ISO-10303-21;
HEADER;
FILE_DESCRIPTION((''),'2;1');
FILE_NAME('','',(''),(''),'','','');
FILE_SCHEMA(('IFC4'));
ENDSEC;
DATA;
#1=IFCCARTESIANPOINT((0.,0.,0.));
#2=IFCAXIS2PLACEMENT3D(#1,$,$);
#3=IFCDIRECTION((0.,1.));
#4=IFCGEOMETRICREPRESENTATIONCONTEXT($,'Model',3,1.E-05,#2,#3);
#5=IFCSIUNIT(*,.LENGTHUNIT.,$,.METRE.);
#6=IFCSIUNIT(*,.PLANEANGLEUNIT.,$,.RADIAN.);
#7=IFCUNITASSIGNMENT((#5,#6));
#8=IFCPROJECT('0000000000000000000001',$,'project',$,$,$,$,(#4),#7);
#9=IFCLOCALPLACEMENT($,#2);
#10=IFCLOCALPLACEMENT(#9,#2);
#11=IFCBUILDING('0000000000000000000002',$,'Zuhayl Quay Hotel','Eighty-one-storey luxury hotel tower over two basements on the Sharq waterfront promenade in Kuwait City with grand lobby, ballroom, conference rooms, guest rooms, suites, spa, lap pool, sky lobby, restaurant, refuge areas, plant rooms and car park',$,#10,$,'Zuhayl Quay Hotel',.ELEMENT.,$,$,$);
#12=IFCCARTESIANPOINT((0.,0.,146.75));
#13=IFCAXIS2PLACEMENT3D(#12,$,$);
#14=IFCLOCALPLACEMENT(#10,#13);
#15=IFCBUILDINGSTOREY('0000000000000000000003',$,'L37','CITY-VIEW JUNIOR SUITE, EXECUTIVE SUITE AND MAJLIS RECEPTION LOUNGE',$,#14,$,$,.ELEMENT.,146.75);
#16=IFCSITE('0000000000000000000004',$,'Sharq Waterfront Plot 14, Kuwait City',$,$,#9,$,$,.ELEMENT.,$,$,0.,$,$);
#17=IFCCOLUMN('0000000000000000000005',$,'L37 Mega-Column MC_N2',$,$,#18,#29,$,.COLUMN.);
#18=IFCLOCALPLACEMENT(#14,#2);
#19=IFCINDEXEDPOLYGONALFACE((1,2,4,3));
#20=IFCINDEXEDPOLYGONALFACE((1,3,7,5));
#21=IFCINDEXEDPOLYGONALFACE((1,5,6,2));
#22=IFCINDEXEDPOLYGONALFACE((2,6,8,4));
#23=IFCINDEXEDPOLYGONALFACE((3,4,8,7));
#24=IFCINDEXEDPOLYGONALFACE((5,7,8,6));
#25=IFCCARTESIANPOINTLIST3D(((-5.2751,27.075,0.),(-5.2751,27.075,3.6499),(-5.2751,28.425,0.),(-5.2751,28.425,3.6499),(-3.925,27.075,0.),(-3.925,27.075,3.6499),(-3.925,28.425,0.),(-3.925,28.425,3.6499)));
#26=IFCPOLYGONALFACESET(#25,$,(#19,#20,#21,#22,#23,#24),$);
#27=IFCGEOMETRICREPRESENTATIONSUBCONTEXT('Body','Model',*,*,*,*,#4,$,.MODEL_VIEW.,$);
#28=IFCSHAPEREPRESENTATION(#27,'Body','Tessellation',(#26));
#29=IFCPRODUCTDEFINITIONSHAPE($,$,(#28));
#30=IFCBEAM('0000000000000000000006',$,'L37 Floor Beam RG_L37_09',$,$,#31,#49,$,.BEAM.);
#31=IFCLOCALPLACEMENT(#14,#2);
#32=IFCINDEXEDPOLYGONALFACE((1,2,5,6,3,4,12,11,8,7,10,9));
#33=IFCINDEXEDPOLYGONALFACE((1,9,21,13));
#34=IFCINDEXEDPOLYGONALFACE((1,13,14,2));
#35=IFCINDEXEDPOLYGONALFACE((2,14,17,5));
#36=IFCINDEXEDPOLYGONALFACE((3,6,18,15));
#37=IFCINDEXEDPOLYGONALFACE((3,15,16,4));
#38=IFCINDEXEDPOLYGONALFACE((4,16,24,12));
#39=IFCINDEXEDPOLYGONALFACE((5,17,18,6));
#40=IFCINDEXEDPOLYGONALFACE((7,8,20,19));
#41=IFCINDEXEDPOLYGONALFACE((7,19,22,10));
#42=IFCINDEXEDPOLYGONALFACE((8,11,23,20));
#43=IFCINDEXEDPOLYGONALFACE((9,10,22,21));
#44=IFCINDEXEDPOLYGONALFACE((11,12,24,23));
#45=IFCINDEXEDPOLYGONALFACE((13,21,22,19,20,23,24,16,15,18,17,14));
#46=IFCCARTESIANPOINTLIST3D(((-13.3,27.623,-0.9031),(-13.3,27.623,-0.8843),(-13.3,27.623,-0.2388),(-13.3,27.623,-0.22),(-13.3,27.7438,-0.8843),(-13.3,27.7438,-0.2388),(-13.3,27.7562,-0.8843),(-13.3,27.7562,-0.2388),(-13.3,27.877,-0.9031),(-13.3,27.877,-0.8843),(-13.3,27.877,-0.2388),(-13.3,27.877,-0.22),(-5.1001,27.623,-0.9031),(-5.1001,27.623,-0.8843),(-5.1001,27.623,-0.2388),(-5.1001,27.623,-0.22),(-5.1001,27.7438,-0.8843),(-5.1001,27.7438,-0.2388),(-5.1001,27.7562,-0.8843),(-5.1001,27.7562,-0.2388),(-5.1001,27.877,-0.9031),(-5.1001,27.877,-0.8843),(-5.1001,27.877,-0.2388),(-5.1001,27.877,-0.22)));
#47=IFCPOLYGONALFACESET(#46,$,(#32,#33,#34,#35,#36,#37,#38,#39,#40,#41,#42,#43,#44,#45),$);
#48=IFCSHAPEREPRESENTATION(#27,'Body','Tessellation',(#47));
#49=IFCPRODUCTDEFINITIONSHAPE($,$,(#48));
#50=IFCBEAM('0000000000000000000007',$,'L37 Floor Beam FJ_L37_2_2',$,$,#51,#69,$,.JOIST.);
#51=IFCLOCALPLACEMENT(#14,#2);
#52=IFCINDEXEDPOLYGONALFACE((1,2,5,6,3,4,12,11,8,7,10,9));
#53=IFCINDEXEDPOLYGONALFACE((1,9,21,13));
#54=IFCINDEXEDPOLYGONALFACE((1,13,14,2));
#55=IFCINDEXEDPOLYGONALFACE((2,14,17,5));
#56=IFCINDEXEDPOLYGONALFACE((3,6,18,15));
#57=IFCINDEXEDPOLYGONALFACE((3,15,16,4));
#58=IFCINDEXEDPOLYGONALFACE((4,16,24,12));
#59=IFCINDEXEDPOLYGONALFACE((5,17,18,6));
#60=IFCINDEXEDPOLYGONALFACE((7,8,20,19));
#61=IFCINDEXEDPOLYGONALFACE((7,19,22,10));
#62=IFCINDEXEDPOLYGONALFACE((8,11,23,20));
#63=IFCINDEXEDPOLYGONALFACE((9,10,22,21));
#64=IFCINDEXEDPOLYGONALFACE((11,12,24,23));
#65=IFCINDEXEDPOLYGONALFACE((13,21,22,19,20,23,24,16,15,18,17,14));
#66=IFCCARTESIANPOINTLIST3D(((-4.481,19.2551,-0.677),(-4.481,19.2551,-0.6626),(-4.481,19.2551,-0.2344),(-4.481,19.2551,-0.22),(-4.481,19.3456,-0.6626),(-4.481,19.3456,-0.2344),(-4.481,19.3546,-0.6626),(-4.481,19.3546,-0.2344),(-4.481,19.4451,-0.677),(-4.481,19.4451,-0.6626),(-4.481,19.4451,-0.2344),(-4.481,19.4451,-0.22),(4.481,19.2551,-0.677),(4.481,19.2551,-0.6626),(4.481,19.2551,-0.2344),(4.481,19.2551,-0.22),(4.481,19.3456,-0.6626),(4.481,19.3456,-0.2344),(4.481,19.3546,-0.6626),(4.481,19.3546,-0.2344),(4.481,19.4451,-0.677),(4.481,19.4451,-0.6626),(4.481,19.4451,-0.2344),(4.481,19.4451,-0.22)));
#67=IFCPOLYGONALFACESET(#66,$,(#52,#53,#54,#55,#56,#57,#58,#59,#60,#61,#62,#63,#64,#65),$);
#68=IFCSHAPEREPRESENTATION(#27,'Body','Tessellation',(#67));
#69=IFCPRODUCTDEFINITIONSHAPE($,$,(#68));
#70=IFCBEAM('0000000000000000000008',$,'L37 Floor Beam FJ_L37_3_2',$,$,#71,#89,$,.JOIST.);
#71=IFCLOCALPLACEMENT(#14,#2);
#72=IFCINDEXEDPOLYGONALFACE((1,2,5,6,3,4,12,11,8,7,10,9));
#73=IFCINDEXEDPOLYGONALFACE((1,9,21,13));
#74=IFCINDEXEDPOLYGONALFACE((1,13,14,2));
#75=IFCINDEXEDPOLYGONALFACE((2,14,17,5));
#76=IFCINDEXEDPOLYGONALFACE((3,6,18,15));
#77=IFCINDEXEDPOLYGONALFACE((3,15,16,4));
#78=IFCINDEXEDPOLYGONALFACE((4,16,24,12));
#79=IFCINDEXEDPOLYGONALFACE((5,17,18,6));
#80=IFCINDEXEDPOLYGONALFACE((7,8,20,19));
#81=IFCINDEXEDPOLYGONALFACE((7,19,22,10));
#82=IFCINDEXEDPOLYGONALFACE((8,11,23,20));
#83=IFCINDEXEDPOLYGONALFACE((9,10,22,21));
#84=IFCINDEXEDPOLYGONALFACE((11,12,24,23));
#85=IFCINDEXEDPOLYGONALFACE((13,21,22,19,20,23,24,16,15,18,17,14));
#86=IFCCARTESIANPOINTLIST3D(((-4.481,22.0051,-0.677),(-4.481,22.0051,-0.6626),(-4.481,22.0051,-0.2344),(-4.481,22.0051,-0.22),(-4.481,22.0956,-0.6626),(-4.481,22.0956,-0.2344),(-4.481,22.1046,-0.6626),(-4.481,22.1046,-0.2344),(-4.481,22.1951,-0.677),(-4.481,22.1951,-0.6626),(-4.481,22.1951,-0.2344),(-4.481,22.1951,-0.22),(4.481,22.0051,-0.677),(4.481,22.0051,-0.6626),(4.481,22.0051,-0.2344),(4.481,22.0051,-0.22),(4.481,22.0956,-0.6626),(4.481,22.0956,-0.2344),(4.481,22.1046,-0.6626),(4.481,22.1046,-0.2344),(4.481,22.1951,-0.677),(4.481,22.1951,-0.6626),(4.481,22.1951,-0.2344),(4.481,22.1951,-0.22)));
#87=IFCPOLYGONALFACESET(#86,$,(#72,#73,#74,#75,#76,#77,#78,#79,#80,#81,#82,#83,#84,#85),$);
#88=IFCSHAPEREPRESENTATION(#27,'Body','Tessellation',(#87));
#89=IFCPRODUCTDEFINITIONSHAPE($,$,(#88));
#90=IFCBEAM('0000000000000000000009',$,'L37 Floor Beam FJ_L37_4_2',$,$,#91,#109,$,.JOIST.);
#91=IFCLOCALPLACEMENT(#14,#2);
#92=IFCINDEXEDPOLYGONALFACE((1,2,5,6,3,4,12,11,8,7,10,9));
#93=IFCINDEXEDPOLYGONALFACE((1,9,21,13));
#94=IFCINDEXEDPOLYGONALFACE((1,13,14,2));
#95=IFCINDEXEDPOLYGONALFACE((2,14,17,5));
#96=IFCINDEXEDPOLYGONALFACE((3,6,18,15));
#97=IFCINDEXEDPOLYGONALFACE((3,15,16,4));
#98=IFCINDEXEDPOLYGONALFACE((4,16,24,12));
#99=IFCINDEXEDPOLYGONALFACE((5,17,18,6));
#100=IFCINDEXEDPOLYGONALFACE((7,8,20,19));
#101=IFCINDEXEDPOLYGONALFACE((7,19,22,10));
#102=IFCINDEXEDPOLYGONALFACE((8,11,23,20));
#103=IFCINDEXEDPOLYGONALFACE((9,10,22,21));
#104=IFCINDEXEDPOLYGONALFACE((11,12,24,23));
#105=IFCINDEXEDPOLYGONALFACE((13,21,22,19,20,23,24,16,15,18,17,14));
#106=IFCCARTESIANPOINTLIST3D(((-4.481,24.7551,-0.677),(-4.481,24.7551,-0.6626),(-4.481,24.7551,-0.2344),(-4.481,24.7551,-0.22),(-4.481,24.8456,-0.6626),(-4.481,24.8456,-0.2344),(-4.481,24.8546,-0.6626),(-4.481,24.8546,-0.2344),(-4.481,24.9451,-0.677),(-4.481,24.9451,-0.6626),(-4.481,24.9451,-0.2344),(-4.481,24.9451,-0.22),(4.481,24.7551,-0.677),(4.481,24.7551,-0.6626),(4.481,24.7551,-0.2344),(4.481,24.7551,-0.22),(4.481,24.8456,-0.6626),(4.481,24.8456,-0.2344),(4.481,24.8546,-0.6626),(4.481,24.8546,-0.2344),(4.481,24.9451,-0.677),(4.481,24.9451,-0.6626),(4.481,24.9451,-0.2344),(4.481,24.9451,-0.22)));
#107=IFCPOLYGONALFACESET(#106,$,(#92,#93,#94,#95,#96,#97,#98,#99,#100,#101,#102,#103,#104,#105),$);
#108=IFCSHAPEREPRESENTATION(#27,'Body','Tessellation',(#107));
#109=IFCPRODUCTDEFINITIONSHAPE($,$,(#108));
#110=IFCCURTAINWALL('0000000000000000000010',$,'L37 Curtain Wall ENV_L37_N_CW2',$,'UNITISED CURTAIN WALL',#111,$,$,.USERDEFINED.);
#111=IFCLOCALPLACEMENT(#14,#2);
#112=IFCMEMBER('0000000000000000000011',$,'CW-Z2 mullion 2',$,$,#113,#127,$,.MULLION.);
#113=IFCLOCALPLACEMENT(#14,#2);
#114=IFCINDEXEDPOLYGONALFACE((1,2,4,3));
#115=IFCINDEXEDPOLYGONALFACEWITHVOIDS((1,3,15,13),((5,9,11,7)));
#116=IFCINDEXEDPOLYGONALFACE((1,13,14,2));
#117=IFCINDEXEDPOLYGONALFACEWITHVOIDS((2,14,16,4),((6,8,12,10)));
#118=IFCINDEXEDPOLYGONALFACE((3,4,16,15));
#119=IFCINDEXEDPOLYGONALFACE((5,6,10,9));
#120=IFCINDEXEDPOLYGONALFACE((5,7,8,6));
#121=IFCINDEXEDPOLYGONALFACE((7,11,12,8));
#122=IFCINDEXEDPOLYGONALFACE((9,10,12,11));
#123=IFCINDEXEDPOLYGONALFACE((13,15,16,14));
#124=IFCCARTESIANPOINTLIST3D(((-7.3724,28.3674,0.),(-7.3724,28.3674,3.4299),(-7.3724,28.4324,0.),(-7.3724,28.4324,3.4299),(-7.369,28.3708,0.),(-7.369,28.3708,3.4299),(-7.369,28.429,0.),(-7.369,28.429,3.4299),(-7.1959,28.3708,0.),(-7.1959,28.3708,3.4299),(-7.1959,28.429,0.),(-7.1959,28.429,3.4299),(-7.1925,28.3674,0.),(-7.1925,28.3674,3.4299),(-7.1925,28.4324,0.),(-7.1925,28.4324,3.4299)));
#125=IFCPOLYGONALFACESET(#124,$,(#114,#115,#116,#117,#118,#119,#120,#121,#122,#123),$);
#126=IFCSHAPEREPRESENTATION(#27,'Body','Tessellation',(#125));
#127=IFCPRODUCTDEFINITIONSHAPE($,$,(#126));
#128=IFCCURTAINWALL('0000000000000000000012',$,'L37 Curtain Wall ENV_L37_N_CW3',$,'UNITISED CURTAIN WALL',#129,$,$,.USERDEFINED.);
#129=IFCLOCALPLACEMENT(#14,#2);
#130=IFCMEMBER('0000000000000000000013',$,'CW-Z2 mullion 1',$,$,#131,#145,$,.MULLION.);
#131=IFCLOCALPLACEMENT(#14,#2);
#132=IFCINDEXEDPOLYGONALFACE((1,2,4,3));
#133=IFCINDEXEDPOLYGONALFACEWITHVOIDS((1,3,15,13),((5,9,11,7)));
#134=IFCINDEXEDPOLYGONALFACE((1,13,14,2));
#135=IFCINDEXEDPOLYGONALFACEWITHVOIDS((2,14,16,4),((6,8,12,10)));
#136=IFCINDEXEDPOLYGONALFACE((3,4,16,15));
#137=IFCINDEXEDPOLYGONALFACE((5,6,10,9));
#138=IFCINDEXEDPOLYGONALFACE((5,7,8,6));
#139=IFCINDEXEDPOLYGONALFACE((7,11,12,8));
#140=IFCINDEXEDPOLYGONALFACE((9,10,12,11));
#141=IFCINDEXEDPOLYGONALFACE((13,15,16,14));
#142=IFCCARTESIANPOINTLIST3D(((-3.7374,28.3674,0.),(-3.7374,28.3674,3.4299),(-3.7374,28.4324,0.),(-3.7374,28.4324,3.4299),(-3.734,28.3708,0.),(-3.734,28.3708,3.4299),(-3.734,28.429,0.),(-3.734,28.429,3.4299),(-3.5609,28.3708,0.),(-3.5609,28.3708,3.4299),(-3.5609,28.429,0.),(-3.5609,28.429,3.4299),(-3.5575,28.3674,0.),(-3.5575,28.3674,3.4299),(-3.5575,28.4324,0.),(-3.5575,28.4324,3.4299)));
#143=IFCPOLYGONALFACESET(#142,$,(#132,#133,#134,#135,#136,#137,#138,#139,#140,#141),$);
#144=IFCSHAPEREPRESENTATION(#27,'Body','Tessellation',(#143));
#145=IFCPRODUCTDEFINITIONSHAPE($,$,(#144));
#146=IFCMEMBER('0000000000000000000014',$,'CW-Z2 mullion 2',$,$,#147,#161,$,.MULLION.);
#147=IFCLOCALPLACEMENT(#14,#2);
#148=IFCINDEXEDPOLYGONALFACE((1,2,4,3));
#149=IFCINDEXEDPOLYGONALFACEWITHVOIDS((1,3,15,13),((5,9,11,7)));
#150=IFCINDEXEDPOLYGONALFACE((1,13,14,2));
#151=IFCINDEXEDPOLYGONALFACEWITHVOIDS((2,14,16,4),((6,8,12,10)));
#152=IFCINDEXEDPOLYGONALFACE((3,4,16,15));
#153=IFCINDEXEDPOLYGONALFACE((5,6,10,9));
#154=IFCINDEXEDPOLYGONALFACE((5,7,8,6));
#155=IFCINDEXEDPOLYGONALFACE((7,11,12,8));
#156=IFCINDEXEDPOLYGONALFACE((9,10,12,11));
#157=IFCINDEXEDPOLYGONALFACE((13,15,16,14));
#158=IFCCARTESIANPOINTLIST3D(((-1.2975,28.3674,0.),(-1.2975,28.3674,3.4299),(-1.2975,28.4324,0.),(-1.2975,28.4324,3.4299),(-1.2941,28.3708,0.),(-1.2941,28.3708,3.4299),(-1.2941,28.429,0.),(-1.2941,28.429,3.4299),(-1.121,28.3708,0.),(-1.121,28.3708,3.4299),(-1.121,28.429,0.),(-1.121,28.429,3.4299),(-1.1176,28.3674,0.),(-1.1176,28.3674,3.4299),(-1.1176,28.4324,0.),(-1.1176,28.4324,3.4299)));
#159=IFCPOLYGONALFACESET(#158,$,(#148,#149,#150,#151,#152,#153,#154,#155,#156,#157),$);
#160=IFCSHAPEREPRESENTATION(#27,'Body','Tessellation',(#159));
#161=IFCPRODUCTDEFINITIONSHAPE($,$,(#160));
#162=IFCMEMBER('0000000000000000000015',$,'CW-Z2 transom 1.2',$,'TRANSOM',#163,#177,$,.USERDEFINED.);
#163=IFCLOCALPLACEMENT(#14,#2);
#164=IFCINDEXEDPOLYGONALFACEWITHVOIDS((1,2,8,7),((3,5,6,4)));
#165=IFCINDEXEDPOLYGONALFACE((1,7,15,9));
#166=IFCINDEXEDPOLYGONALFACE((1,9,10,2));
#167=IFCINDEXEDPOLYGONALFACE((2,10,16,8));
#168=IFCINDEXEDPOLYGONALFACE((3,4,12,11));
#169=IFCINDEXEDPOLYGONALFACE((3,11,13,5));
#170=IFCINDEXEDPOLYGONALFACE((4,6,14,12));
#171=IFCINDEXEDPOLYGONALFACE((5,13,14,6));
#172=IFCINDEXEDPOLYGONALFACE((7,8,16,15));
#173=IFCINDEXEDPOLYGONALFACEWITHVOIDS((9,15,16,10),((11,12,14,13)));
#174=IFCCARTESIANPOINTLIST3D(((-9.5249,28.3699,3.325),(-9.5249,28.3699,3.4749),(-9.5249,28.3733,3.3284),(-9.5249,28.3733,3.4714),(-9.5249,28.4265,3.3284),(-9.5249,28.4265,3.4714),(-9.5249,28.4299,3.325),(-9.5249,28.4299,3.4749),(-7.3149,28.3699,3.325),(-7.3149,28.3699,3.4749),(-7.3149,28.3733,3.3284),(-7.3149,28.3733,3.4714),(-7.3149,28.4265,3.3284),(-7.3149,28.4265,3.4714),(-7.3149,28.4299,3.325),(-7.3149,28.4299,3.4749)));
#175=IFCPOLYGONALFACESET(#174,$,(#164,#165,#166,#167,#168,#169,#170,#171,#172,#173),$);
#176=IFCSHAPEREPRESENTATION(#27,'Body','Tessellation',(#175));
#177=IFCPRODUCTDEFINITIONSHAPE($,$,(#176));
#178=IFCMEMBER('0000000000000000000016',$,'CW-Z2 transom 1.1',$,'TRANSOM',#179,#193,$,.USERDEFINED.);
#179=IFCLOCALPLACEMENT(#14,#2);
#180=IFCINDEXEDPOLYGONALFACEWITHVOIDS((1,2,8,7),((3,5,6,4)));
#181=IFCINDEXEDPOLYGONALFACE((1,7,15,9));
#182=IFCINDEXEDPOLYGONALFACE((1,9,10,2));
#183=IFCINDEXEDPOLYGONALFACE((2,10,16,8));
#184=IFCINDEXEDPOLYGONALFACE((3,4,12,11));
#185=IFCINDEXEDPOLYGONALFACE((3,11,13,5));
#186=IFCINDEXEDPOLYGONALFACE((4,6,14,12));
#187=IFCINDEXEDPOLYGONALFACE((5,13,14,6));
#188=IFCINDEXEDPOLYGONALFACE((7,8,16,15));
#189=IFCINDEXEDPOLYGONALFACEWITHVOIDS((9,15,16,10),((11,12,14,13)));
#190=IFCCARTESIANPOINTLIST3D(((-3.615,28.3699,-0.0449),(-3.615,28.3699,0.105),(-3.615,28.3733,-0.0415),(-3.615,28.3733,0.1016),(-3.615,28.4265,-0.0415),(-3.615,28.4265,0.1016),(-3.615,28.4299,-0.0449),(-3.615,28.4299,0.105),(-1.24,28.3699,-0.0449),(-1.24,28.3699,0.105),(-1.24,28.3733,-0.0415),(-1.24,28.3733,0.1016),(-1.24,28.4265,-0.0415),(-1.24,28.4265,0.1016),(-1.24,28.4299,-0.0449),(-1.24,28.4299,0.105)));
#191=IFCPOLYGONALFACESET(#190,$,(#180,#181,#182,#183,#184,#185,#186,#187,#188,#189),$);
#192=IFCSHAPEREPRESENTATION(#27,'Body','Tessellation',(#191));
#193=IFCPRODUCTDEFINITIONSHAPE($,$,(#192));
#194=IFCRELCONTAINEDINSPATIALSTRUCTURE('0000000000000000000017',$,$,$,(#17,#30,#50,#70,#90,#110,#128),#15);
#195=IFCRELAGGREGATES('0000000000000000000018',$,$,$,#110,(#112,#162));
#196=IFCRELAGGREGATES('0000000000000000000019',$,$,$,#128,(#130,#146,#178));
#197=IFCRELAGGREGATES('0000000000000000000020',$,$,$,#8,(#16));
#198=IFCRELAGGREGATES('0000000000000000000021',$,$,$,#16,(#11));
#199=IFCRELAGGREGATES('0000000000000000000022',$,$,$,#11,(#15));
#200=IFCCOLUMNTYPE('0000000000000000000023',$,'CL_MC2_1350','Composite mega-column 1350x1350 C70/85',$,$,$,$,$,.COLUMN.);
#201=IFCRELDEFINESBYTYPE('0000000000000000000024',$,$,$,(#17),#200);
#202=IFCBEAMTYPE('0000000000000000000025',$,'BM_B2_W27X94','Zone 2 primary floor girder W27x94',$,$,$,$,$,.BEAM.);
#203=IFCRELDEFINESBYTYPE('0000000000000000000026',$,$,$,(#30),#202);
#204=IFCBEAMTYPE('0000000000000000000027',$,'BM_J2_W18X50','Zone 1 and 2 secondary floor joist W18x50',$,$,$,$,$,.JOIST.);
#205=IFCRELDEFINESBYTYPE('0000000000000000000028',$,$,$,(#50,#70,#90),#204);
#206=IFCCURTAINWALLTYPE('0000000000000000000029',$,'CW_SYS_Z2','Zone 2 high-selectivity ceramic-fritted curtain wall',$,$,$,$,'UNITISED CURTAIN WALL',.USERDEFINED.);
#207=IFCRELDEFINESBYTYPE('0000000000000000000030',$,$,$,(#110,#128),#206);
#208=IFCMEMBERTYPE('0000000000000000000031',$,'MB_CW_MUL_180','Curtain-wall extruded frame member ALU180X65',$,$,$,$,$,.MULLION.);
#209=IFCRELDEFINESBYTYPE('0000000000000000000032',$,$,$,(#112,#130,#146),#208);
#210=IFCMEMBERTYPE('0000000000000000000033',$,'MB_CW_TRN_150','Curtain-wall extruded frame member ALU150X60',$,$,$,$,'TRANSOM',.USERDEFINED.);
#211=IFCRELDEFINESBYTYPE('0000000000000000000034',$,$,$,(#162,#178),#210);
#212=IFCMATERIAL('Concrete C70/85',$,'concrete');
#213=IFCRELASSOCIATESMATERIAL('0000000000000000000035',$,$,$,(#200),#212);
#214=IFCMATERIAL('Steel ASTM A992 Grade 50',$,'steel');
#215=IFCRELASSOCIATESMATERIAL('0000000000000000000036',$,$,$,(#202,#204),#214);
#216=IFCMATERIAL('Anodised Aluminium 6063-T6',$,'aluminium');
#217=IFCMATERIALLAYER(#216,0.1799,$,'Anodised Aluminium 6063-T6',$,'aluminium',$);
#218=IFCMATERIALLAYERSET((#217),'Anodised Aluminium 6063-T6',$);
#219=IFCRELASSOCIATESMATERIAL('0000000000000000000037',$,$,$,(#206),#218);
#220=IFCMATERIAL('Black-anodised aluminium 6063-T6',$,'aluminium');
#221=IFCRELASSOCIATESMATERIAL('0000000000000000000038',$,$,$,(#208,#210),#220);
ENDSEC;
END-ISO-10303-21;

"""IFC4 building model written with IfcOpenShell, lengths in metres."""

from ifc_helpers import new_model, si_unit, direction, frame, origin, origin_2d, place, context, subcontext, project, spatial, rectangle, hollow_rectangle, i_section, extrude, material, layer, layer_set, material_profile, profile_set, type_object, element, aggregate, save


model = new_model("IFC4")

# Units and contexts
model_context = context("Model", 3, precision=1e-05, world=origin(), true_north=direction((0.0, 1.0)))
body_context = subcontext(model_context, "Body", "Model", "MODEL_VIEW")
ifc_project = project(units=[si_unit("LENGTHUNIT", "METRE"), si_unit("PLANEANGLEUNIT", "RADIAN")], contexts=[model_context])

# Site, building, storey
site_placement = place(None, origin())
site = spatial("IfcSite", under=ifc_project, at=site_placement, Name="Sharq Waterfront Plot 14, Kuwait City", CompositionType="ELEMENT", RefElevation=0.0)
building_placement = place(site_placement, origin())
building = spatial("IfcBuilding", under=site, at=building_placement, Name="Zuhayl Quay Hotel", Description="Eighty-one-storey luxury hotel tower over two basements on the Sharq waterfront promenade in Kuwait City with grand lobby, ballroom, conference rooms, guest rooms, suites, spa, lap pool, sky lobby, restaurant, refuge areas, plant rooms and car park", LongName="Zuhayl Quay Hotel", CompositionType="ELEMENT")
storey_placement = place(building_placement, frame((0.0, 0.0, 146.75)))
storey = spatial("IfcBuildingStorey", under=building, at=storey_placement, Name="L37", Description="CITY-VIEW JUNIOR SUITE, EXECUTIVE SUITE AND MAJLIS RECEPTION LOUNGE", CompositionType="ELEMENT", Elevation=146.75)

# Column
ifc_material_1 = material(Name="Concrete C70/85", Category="concrete")
ifc_material_profile_1 = material_profile(ifc_material_1, rectangle(XDim=1.3501, YDim=1.3501, at=origin_2d()), Name="RC1350X1350")
ifc_profile_set_1 = profile_set([ifc_material_profile_1], Name="Concrete C70/85")
column_type = type_object("IfcColumnType", Name="CL_MC2_1350", Description="Composite mega-column 1350x1350 C70/85", PredefinedType="COLUMN", material=ifc_profile_set_1)
column_placement = place(storey_placement, frame((-4.6001, 27.75, 0.0), z_axis=(0.0, 0.0, 1.0), x_axis=(1.0, 0.0, 0.0)))
element("IfcColumn", 1, at=column_placement, inside=storey, type_object=column_type, Name="L37 Mega-Column MC_N2", PredefinedType="COLUMN", context=body_context, shape_type="SweptSolid", body=[
    extrude(rectangle(XDim=1.3501, YDim=1.3501, at=origin_2d()), origin(), (0.0, 0.0, 1.0), 3.6499),
])

# Beams
ifc_material_2 = material(Name="Steel ASTM A992 Grade 50", Category="steel")
ifc_material_profile_2 = material_profile(ifc_material_2, i_section(OverallWidth=0.2539, OverallDepth=0.6831, WebThickness=0.0125, FlangeThickness=0.0188, at=origin_2d()), Name="W27X94")
ifc_profile_set_2 = profile_set([ifc_material_profile_2], Name="Steel ASTM A992 Grade 50")
beam_type_1 = type_object("IfcBeamType", Name="BM_B2_W27X94", Description="Zone 2 primary floor girder W27x94", PredefinedType="BEAM", material=ifc_profile_set_2)
beam_placement = place(storey_placement, frame((-5.1001, 27.75, -0.5615), z_axis=(-1.0, 0.0, 0.0), x_axis=(0.0, -1.0, 0.0)))
element("IfcBeam", 2, at=beam_placement, inside=storey, type_object=beam_type_1, Name="L37 Floor Beam RG_L37_09", PredefinedType="BEAM", context=body_context, shape_type="SweptSolid", body=[
    extrude(i_section(OverallWidth=0.2539, OverallDepth=0.6831, WebThickness=0.0125, FlangeThickness=0.0188, at=origin_2d()), origin(), (0.0, 0.0, 1.0), 8.2),
])
ifc_material_profile_3 = material_profile(ifc_material_2, i_section(OverallWidth=0.1899, OverallDepth=0.457, WebThickness=0.009, FlangeThickness=0.0144, at=origin_2d()), Name="W18X50")
ifc_profile_set_3 = profile_set([ifc_material_profile_3], Name="Steel ASTM A992 Grade 50")
beam_type_2 = type_object("IfcBeamType", Name="BM_J2_W18X50", Description="Zone 1 and 2 secondary floor joist W18x50", PredefinedType="JOIST", material=ifc_profile_set_3)
for number, where, z_axis, x_axis, name in (
    (3, (-4.481, 19.3501, -0.4485), (1.0, 0.0, 0.0), (0.0, 1.0, 0.0), "L37 Floor Beam FJ_L37_2_2"),
    (4, (-4.481, 22.1001, -0.4485), (1.0, 0.0, 0.0), (0.0, 1.0, 0.0), "L37 Floor Beam FJ_L37_3_2"),
    (5, (-4.481, 24.8501, -0.4485), (1.0, 0.0, 0.0), (0.0, 1.0, 0.0), "L37 Floor Beam FJ_L37_4_2"),
):
    element("IfcBeam", number, at=place(storey_placement, frame(where, z_axis=z_axis, x_axis=x_axis)), inside=storey, type_object=beam_type_2, Name=name, PredefinedType="JOIST", context=body_context, shape_type="SweptSolid", body=[
        extrude(i_section(OverallWidth=0.1899, OverallDepth=0.457, WebThickness=0.009, FlangeThickness=0.0144, at=origin_2d()), origin(), (0.0, 0.0, 1.0), 8.9619),
    ])

# Curtain wall, member
ifc_material_3 = material(Name="Anodised Aluminium 6063-T6", Category="aluminium")
ifc_layer_1 = layer(ifc_material_3, 0.1799, Name="Anodised Aluminium 6063-T6", Category="aluminium")
ifc_layer_set_1 = layer_set([ifc_layer_1], Name="Anodised Aluminium 6063-T6")
curtain_wall_type = type_object("IfcCurtainWallType", Name="CW_SYS_Z2", Description="Zone 2 high-selectivity ceramic-fritted curtain wall", ElementType="UNITISED CURTAIN WALL", PredefinedType="USERDEFINED", material=ifc_layer_set_1)
curtain_wall_1_placement = place(storey_placement, origin())
curtain_wall_1 = element("IfcCurtainWall", 6, at=curtain_wall_1_placement, inside=storey, type_object=curtain_wall_type, Name="L37 Curtain Wall ENV_L37_N_CW2", ObjectType="UNITISED CURTAIN WALL", PredefinedType="USERDEFINED")
ifc_material_4 = material(Name="Black-anodised aluminium 6063-T6", Category="aluminium")
ifc_material_profile_4 = material_profile(ifc_material_4, hollow_rectangle(XDim=0.0649, YDim=0.1799, WallThickness=0.0034, at=origin_2d()), Name="ALU180X65")
ifc_profile_set_4 = profile_set([ifc_material_profile_4], Name="Black-anodised aluminium 6063-T6")
member_type_1 = type_object("IfcMemberType", Name="MB_CW_MUL_180", Description="Curtain-wall extruded frame member ALU180X65", PredefinedType="MULLION", material=ifc_profile_set_4)
member_1_placement = place(storey_placement, frame((-7.2825, 28.3999, 0.0), z_axis=(0.0, 0.0, 1.0), x_axis=(0.0, 1.0, 0.0)))
member_1 = element("IfcMember", 7, at=member_1_placement, type_object=member_type_1, Name="CW-Z2 mullion 2", PredefinedType="MULLION", context=body_context, shape_type="SweptSolid", body=[
    extrude(hollow_rectangle(XDim=0.0649, YDim=0.1799, WallThickness=0.0034, at=origin_2d()), origin(), (0.0, 0.0, 1.0), 3.4299),
])

# Curtain wall, members
curtain_wall_2_placement = place(storey_placement, origin())
curtain_wall_2 = element("IfcCurtainWall", 8, at=curtain_wall_2_placement, inside=storey, type_object=curtain_wall_type, Name="L37 Curtain Wall ENV_L37_N_CW3", ObjectType="UNITISED CURTAIN WALL", PredefinedType="USERDEFINED")
member_2_placement = place(storey_placement, frame((-3.6475, 28.3999, 0.0), z_axis=(0.0, 0.0, 1.0), x_axis=(0.0, 1.0, 0.0)))
member_2 = element("IfcMember", 9, at=member_2_placement, type_object=member_type_1, Name="CW-Z2 mullion 1", PredefinedType="MULLION", context=body_context, shape_type="SweptSolid", body=[
    extrude(hollow_rectangle(XDim=0.0649, YDim=0.1799, WallThickness=0.0034, at=origin_2d()), origin(), (0.0, 0.0, 1.0), 3.4299),
])
member_3_placement = place(storey_placement, frame((-1.2075, 28.3999, 0.0), z_axis=(0.0, 0.0, 1.0), x_axis=(0.0, 1.0, 0.0)))
member_3 = element("IfcMember", 10, at=member_3_placement, type_object=member_type_1, Name="CW-Z2 mullion 2", PredefinedType="MULLION", context=body_context, shape_type="SweptSolid", body=[
    extrude(hollow_rectangle(XDim=0.0649, YDim=0.1799, WallThickness=0.0034, at=origin_2d()), origin(), (0.0, 0.0, 1.0), 3.4299),
])

# Members
ifc_material_profile_5 = material_profile(ifc_material_4, hollow_rectangle(XDim=0.0601, YDim=0.1499, WallThickness=0.0034, at=origin_2d()), Name="ALU150X60")
ifc_profile_set_5 = profile_set([ifc_material_profile_5], Name="Black-anodised aluminium 6063-T6")
member_type_2 = type_object("IfcMemberType", Name="MB_CW_TRN_150", Description="Curtain-wall extruded frame member ALU150X60", ElementType="TRANSOM", PredefinedType="USERDEFINED", material=ifc_profile_set_5)
member_4_placement = place(storey_placement, frame((-9.5249, 28.3999, 3.3999), z_axis=(1.0, 0.0, 0.0), x_axis=(0.0, 1.0, 0.0)))
member_4 = element("IfcMember", 11, at=member_4_placement, type_object=member_type_2, Name="CW-Z2 transom 1.2", ObjectType="TRANSOM", PredefinedType="USERDEFINED", context=body_context, shape_type="SweptSolid", body=[
    extrude(hollow_rectangle(XDim=0.0601, YDim=0.1499, WallThickness=0.0034, at=origin_2d()), origin(), (0.0, 0.0, 1.0), 2.21),
])
member_5_placement = place(storey_placement, frame((-3.615, 28.3999, 0.03), z_axis=(1.0, 0.0, 0.0), x_axis=(0.0, 1.0, 0.0)))
member_5 = element("IfcMember", 12, at=member_5_placement, type_object=member_type_2, Name="CW-Z2 transom 1.1", ObjectType="TRANSOM", PredefinedType="USERDEFINED", context=body_context, shape_type="SweptSolid", body=[
    extrude(hollow_rectangle(XDim=0.0601, YDim=0.1499, WallThickness=0.0034, at=origin_2d()), origin(), (0.0, 0.0, 1.0), 2.375),
])

aggregate(curtain_wall_1, [member_1, member_4])
aggregate(curtain_wall_2, [member_2, member_3, member_5])

save(model, "model.ifc")
